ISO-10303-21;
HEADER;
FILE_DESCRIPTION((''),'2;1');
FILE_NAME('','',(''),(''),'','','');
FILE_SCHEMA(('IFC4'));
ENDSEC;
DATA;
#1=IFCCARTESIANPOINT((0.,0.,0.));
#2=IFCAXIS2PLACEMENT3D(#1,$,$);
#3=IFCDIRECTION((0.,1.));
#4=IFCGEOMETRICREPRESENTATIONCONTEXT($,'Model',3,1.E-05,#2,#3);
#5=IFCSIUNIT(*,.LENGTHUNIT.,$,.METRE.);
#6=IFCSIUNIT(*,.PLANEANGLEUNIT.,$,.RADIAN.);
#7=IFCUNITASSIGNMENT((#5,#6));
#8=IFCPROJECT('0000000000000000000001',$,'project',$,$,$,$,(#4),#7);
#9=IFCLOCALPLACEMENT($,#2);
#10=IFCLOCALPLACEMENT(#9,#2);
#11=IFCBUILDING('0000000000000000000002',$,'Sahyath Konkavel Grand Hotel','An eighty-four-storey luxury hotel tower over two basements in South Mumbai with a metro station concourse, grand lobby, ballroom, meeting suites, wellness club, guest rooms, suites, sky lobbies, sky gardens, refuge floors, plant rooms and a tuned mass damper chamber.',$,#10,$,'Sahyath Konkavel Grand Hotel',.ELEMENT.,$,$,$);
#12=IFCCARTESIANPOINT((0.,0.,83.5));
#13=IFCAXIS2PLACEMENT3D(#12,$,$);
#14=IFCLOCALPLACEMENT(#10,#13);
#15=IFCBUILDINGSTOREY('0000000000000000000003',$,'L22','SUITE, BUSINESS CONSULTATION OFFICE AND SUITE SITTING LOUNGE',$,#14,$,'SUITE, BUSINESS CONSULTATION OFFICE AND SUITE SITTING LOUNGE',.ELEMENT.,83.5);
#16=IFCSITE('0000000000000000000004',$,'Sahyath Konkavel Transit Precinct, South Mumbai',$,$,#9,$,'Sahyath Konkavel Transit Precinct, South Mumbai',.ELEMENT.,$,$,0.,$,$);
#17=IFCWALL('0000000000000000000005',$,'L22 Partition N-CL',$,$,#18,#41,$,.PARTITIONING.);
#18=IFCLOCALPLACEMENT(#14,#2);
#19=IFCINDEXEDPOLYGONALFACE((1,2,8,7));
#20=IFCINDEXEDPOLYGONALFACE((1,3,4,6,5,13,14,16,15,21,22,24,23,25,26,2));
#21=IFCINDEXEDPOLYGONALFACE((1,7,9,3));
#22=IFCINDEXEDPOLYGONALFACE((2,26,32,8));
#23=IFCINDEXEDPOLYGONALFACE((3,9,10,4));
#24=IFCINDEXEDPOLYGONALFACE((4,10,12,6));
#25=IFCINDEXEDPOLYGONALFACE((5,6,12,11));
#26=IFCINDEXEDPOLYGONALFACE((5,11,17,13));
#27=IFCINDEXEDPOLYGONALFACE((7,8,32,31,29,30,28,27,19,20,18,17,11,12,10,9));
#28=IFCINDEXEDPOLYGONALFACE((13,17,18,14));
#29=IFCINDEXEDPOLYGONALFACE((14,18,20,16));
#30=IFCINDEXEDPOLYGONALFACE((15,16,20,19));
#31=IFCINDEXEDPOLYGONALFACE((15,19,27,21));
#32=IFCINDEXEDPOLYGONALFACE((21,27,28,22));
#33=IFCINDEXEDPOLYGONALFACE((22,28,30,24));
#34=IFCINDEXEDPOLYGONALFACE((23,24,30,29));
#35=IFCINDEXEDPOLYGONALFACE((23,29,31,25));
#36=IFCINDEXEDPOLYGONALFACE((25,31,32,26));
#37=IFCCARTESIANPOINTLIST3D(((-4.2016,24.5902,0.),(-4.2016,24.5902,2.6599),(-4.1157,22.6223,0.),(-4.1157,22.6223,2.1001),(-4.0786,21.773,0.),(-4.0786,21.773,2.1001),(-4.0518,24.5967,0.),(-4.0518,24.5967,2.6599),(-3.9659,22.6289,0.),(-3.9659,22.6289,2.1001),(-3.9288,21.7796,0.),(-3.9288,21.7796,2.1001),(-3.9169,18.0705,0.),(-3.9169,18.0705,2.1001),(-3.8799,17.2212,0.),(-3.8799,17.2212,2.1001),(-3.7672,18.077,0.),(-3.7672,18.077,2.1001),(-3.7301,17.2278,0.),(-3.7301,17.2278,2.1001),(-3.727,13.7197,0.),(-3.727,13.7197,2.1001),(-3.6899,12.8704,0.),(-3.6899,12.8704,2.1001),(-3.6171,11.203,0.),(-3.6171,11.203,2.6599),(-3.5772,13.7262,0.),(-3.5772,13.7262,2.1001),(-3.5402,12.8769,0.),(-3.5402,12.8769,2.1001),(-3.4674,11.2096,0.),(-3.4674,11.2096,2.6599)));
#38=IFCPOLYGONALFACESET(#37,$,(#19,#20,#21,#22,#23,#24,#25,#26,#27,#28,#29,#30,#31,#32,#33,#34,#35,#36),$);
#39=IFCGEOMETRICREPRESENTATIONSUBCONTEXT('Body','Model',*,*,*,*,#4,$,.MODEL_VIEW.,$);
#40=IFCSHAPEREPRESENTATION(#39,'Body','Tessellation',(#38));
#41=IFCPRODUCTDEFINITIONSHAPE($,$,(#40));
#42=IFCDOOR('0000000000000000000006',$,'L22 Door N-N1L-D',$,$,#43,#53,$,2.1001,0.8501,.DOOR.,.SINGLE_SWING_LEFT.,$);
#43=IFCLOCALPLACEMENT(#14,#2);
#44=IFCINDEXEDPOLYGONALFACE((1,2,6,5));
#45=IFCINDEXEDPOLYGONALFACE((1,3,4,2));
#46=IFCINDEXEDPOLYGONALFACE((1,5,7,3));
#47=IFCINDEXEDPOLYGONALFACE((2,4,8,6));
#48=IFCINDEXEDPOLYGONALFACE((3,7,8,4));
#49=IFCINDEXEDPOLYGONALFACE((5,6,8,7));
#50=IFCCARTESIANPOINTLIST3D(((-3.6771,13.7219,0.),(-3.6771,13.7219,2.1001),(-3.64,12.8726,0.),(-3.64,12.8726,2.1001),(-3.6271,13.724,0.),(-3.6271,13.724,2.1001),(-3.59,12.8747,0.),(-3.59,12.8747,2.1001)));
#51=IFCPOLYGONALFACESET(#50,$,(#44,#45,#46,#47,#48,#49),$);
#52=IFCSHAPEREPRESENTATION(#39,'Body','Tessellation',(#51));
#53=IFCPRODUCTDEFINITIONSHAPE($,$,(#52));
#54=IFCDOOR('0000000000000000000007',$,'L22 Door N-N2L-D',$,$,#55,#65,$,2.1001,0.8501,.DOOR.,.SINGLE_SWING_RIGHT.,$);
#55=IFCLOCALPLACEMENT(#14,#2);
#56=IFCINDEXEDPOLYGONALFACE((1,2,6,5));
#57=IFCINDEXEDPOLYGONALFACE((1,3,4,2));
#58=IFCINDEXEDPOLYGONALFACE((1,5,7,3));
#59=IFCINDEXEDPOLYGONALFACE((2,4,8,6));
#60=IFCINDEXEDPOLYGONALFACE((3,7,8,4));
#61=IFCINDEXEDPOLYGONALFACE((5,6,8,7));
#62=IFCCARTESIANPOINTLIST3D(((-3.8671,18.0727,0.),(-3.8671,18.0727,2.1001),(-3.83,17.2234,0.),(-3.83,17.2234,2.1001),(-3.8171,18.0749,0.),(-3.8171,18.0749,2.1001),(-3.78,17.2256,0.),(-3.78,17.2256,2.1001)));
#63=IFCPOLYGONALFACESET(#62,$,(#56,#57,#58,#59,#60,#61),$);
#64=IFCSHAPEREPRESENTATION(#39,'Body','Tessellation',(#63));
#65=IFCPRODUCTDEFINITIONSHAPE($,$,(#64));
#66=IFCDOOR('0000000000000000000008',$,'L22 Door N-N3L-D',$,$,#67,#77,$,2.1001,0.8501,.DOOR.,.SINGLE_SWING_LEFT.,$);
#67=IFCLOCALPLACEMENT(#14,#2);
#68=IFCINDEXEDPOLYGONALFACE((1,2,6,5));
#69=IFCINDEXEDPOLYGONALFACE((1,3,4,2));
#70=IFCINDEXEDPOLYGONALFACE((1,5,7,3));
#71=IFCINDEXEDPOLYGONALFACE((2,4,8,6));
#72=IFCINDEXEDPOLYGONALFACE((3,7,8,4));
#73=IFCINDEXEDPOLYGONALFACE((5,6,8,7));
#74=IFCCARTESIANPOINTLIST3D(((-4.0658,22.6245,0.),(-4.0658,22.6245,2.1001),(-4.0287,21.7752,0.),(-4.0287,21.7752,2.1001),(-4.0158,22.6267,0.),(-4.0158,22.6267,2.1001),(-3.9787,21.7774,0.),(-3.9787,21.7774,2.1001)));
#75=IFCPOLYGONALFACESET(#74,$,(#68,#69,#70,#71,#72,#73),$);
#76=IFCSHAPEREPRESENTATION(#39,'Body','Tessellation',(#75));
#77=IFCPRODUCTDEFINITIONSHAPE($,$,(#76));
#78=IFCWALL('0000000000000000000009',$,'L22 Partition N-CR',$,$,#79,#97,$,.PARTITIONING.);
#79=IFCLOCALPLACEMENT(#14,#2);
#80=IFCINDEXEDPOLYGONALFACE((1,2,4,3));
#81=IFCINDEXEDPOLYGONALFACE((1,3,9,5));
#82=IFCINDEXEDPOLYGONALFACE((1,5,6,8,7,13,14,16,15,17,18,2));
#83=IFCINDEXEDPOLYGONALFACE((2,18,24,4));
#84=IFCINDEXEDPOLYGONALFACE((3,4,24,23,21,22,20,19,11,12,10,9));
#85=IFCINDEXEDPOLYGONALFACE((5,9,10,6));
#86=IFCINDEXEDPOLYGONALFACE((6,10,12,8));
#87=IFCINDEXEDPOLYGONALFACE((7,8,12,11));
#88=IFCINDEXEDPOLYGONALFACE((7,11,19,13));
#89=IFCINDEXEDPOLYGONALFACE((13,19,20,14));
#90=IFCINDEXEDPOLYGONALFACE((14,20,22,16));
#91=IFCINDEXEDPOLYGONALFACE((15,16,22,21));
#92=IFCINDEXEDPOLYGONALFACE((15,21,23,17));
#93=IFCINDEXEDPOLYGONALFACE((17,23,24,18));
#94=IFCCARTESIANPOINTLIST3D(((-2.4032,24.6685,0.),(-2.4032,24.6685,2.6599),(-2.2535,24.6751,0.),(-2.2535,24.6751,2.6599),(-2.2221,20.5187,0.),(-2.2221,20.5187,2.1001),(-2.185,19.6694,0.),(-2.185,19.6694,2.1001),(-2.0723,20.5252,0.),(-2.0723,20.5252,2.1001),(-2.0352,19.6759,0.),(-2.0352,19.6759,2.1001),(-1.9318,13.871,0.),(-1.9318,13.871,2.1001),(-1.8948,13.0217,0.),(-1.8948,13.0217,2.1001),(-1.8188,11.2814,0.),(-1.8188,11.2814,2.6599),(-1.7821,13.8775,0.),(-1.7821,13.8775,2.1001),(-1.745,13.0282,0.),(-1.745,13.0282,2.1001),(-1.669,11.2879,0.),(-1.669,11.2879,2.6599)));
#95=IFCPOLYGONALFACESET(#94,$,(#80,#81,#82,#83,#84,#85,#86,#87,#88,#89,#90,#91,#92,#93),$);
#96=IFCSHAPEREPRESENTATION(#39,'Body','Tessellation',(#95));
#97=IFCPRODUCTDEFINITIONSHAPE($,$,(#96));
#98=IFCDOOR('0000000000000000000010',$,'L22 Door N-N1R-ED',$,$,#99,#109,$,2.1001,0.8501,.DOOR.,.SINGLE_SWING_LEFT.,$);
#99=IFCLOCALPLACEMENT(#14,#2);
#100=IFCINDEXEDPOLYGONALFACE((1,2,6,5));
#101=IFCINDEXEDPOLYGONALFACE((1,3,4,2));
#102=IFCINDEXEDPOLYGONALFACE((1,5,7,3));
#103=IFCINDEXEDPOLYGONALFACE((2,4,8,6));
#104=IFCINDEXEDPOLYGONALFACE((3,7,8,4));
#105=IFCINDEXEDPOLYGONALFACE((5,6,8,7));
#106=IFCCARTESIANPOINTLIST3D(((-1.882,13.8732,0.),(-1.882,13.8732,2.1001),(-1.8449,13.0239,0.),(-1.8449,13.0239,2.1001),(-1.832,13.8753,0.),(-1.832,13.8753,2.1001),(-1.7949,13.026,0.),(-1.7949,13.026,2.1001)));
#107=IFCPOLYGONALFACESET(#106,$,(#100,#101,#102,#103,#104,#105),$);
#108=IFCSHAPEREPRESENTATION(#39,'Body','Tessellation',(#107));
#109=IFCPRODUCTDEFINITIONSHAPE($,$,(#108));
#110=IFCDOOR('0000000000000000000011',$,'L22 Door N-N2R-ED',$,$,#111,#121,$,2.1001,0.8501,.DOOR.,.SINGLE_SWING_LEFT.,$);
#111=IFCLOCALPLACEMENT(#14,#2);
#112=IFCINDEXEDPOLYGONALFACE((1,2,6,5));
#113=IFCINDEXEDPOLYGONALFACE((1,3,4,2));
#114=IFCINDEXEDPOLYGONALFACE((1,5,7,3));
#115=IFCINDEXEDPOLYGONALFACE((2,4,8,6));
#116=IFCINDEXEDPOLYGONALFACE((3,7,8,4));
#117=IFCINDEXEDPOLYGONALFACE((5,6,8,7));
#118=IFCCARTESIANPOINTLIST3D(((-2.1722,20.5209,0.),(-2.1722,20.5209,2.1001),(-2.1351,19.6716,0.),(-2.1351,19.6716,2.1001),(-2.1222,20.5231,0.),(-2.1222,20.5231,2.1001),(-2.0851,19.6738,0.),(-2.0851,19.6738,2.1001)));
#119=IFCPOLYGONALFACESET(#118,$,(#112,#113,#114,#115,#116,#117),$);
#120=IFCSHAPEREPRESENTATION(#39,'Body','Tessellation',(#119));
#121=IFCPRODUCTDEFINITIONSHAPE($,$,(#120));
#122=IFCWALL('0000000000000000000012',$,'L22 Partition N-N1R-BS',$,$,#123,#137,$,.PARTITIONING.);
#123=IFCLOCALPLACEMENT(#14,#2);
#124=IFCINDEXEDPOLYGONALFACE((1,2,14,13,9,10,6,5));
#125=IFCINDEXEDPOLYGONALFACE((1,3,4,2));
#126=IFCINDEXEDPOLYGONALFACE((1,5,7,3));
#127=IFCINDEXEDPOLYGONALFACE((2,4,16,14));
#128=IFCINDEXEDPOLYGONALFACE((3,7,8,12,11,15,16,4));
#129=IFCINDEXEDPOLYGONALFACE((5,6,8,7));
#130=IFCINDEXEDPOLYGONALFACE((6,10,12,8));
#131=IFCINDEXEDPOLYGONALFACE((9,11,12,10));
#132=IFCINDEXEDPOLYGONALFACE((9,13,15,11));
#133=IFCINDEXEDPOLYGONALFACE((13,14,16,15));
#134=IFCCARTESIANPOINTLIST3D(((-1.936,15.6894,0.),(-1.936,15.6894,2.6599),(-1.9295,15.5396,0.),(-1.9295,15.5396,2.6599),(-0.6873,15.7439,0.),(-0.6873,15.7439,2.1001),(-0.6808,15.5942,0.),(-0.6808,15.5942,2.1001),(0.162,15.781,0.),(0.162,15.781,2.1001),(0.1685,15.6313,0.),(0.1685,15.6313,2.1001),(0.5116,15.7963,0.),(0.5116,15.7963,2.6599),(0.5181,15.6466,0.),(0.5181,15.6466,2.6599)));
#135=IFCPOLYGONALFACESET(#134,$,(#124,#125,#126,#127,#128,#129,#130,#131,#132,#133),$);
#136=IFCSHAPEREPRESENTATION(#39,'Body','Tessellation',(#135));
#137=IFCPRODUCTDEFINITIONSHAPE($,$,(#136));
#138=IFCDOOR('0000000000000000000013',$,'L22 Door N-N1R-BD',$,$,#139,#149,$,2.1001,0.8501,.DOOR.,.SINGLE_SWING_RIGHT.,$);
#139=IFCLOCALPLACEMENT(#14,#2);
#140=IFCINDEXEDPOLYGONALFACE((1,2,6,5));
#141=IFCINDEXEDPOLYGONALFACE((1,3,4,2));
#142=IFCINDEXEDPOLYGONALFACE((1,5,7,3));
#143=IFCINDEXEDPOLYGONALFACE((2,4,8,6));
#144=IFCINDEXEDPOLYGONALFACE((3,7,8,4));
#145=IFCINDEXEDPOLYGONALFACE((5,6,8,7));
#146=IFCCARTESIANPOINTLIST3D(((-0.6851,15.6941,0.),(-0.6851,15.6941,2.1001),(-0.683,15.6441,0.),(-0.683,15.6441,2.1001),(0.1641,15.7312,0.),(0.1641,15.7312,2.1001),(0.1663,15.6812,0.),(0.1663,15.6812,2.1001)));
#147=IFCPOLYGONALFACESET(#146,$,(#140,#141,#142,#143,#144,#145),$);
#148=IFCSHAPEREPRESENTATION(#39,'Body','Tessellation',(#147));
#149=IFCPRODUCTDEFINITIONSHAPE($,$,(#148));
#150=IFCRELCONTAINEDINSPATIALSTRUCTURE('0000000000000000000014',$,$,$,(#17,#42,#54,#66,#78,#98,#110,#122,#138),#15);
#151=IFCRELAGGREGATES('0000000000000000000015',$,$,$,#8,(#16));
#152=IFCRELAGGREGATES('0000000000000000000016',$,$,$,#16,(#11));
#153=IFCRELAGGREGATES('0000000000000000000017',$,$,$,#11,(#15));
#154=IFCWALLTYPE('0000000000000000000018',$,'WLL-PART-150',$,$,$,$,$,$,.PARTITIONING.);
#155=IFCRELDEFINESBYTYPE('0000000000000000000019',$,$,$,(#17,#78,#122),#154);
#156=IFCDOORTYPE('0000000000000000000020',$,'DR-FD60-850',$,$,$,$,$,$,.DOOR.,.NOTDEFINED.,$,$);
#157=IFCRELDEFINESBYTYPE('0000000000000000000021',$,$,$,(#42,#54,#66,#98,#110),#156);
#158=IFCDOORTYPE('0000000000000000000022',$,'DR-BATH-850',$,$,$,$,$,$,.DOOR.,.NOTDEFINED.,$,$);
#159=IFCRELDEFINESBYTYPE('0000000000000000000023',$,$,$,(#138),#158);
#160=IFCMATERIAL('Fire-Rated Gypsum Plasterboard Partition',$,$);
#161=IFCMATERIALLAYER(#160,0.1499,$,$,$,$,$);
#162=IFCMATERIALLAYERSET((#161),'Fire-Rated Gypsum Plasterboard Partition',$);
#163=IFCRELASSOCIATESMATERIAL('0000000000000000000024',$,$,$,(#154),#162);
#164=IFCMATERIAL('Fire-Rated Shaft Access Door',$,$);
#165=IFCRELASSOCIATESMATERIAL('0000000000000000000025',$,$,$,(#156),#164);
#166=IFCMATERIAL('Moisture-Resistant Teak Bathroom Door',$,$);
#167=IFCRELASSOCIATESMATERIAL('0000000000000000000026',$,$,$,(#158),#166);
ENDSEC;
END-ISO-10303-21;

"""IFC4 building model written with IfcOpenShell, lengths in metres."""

from ifc_helpers import new_model, si_unit, direction, frame, frame_2d, origin, origin_2d, place, context, subcontext, project, spatial, rectangle, extrude, source, transform, mapped, material, layer, layer_set, type_object, element, fill, save


model = new_model("IFC4")

# Units and contexts
model_context = context("Model", 3, precision=1e-05, world=origin(), true_north=direction((0.0, 1.0)))
body_context = subcontext(model_context, "Body", "Model", "MODEL_VIEW")
ifc_project = project(units=[si_unit("LENGTHUNIT", "METRE"), si_unit("PLANEANGLEUNIT", "RADIAN")], contexts=[model_context])

# Site, building, storey
site_placement = place(None, origin())
site = spatial("IfcSite", under=ifc_project, at=site_placement, Name="Sahyath Konkavel Transit Precinct, South Mumbai", LongName="Sahyath Konkavel Transit Precinct, South Mumbai", CompositionType="ELEMENT", RefElevation=0.0)
building_placement = place(site_placement, origin())
building = spatial("IfcBuilding", under=site, at=building_placement, Name="Sahyath Konkavel Grand Hotel", Description="An eighty-four-storey luxury hotel tower over two basements in South Mumbai with a metro station concourse, grand lobby, ballroom, meeting suites, wellness club, guest rooms, suites, sky lobbies, sky gardens, refuge floors, plant rooms and a tuned mass damper chamber.", LongName="Sahyath Konkavel Grand Hotel", CompositionType="ELEMENT")
storey_placement = place(building_placement, frame((0.0, 0.0, 83.5)))
storey = spatial("IfcBuildingStorey", under=building, at=storey_placement, Name="L22", Description="SUITE, BUSINESS CONSULTATION OFFICE AND SUITE SITTING LOUNGE", LongName="SUITE, BUSINESS CONSULTATION OFFICE AND SUITE SITTING LOUNGE", CompositionType="ELEMENT", Elevation=83.5)

# Walls, openings, doors
ifc_material_1 = material(Name="Fire-Rated Gypsum Plasterboard Partition")
ifc_layer_1 = layer(ifc_material_1, 0.1499)
ifc_layer_set_1 = layer_set([ifc_layer_1], Name="Fire-Rated Gypsum Plasterboard Partition")
wall_type_1 = type_object("IfcWallType", Name="WLL-PART-150", PredefinedType="PARTITIONING", material=ifc_layer_set_1)
wall_1_placement = place(storey_placement, frame((-3.5422, 11.2063, 0.0), z_axis=(0.0, 0.0, 1.0), x_axis=(-0.043617, 0.999048, 0.0)))
wall_1 = element("IfcWall", 1, at=wall_1_placement, inside=storey, type_object=wall_type_1, Name="L22 Partition N-CL", PredefinedType="PARTITIONING", context=body_context, shape_type="SweptSolid", body=[
    extrude(rectangle(XDim=13.3999, YDim=0.1499, at=frame_2d((6.7, 0.0))), origin(), (0.0, 0.0, 1.0), 2.6599),
])
opening_1_placement = place(wall_1_placement, frame((1.6689, 0.0, 0.0)))
opening_1 = element("IfcOpeningElement", 2, at=opening_1_placement, cuts=wall_1, PredefinedType="OPENING", context=body_context, shape_type="SweptSolid", body=[
    extrude(rectangle(XDim=0.8501, YDim=2.1001, at=frame_2d((0.425, 1.05))), frame((0.0, 0.085, 0.0), z_axis=(0.0, -1.0, 0.0), x_axis=(1.0, 0.0, 0.0)), (0.0, 0.0, 1.0), 0.1699),
])
opening_2_placement = place(wall_1_placement, frame((6.0239, 0.0, 0.0)))
opening_2 = element("IfcOpeningElement", 3, at=opening_2_placement, cuts=wall_1, PredefinedType="OPENING", context=body_context, shape_type="SweptSolid", body=[
    extrude(rectangle(XDim=0.8501, YDim=2.1001, at=frame_2d((0.425, 1.05))), frame((0.0, 0.085, 0.0), z_axis=(0.0, -1.0, 0.0), x_axis=(1.0, 0.0, 0.0)), (0.0, 0.0, 1.0), 0.1699),
])
opening_3_placement = place(wall_1_placement, frame((10.5801, 0.0, 0.0)))
opening_3 = element("IfcOpeningElement", 4, at=opening_3_placement, cuts=wall_1, PredefinedType="OPENING", context=body_context, shape_type="SweptSolid", body=[
    extrude(rectangle(XDim=0.8501, YDim=2.1001, at=frame_2d((0.425, 1.05))), frame((0.0, 0.085, 0.0), z_axis=(0.0, -1.0, 0.0), x_axis=(1.0, 0.0, 0.0)), (0.0, 0.0, 1.0), 0.1699),
])
ifc_material_2 = material(Name="Fire-Rated Shaft Access Door")
door_type_1 = type_object("IfcDoorType", Name="DR-FD60-850", OperationType="NOTDEFINED", PredefinedType="DOOR", material=ifc_material_2)
shared_shape_1 = source(origin(), body_context, "Body", "SweptSolid", [
    extrude(rectangle(XDim=0.8501, YDim=0.05, at=origin_2d()), origin(), (0.0, 0.0, 1.0), 2.1001),
])
door_1_placement = place(opening_1_placement, frame((0.425, 0.0, 0.0)))
door_1 = element("IfcDoor", 5, at=door_1_placement, inside=storey, type_object=door_type_1, Name="L22 Door N-N1L-D", OperationType="SINGLE_SWING_LEFT", OverallHeight=2.1001, OverallWidth=0.8501, PredefinedType="DOOR", context=body_context, shape_type="MappedRepresentation", body=[
    mapped(shared_shape_1, transform((0.0, 0.0, 0.0), scale=1.0)),
])
fill(opening_1, door_1)
door_2_placement = place(opening_2_placement, frame((0.425, 0.0, 0.0)))
door_2 = element("IfcDoor", 6, at=door_2_placement, inside=storey, type_object=door_type_1, Name="L22 Door N-N2L-D", OperationType="SINGLE_SWING_RIGHT", OverallHeight=2.1001, OverallWidth=0.8501, PredefinedType="DOOR", context=body_context, shape_type="MappedRepresentation", body=[
    mapped(shared_shape_1, transform((0.0, 0.0, 0.0), scale=1.0)),
])
fill(opening_2, door_2)
door_3_placement = place(opening_3_placement, frame((0.425, 0.0, 0.0)))
door_3 = element("IfcDoor", 7, at=door_3_placement, inside=storey, type_object=door_type_1, Name="L22 Door N-N3L-D", OperationType="SINGLE_SWING_LEFT", OverallHeight=2.1001, OverallWidth=0.8501, PredefinedType="DOOR", context=body_context, shape_type="MappedRepresentation", body=[
    mapped(shared_shape_1, transform((0.0, 0.0, 0.0), scale=1.0)),
])
fill(opening_3, door_3)
wall_2_placement = place(storey_placement, frame((-1.7439, 11.2847, 0.0), z_axis=(0.0, 0.0, 1.0), x_axis=(-0.043617, 0.999048, 0.0)))
wall_2 = element("IfcWall", 8, at=wall_2_placement, inside=storey, type_object=wall_type_1, Name="L22 Partition N-CR", PredefinedType="PARTITIONING", context=body_context, shape_type="SweptSolid", body=[
    extrude(rectangle(XDim=13.3999, YDim=0.1499, at=frame_2d((6.7, 0.0))), origin(), (0.0, 0.0, 1.0), 2.6599),
])
opening_4_placement = place(wall_2_placement, frame((1.7419, 0.0, 0.0)))
opening_4 = element("IfcOpeningElement", 9, at=opening_4_placement, cuts=wall_2, PredefinedType="OPENING", context=body_context, shape_type="SweptSolid", body=[
    extrude(rectangle(XDim=0.8501, YDim=2.1001, at=frame_2d((0.425, 1.05))), frame((0.0, 0.085, 0.0), z_axis=(0.0, -1.0, 0.0), x_axis=(1.0, 0.0, 0.0)), (0.0, 0.0, 1.0), 0.1699),
])
opening_5_placement = place(wall_2_placement, frame((8.396, 0.0, 0.0)))
opening_5 = element("IfcOpeningElement", 10, at=opening_5_placement, cuts=wall_2, PredefinedType="OPENING", context=body_context, shape_type="SweptSolid", body=[
    extrude(rectangle(XDim=0.8501, YDim=2.1001, at=frame_2d((0.425, 1.05))), frame((0.0, 0.085, 0.0), z_axis=(0.0, -1.0, 0.0), x_axis=(1.0, 0.0, 0.0)), (0.0, 0.0, 1.0), 0.1699),
])
door_4_placement = place(opening_4_placement, frame((0.425, 0.0, 0.0)))
door_4 = element("IfcDoor", 11, at=door_4_placement, inside=storey, type_object=door_type_1, Name="L22 Door N-N1R-ED", OperationType="SINGLE_SWING_LEFT", OverallHeight=2.1001, OverallWidth=0.8501, PredefinedType="DOOR", context=body_context, shape_type="MappedRepresentation", body=[
    mapped(shared_shape_1, transform((0.0, 0.0, 0.0), scale=1.0)),
])
fill(opening_4, door_4)
door_5_placement = place(opening_5_placement, frame((0.425, 0.0, 0.0)))
door_5 = element("IfcDoor", 12, at=door_5_placement, inside=storey, type_object=door_type_1, Name="L22 Door N-N2R-ED", OperationType="SINGLE_SWING_LEFT", OverallHeight=2.1001, OverallWidth=0.8501, PredefinedType="DOOR", context=body_context, shape_type="MappedRepresentation", body=[
    mapped(shared_shape_1, transform((0.0, 0.0, 0.0), scale=1.0)),
])
fill(opening_5, door_5)

# Wall, opening, door
wall_3_placement = place(storey_placement, frame((-1.9329, 15.6145, 0.0), z_axis=(0.0, 0.0, 1.0), x_axis=(0.999047, 0.043649, 0.0)))
wall_3 = element("IfcWall", 13, at=wall_3_placement, inside=storey, type_object=wall_type_1, Name="L22 Partition N-N1R-BS", PredefinedType="PARTITIONING", context=body_context, shape_type="SweptSolid", body=[
    extrude(rectangle(XDim=2.45, YDim=0.1499, at=frame_2d((1.2251, 0.0))), origin(), (0.0, 0.0, 1.0), 2.6599),
])
opening_6_placement = place(wall_3_placement, frame((1.25, 0.0, 0.0)))
opening_6 = element("IfcOpeningElement", 14, at=opening_6_placement, cuts=wall_3, PredefinedType="OPENING", context=body_context, shape_type="SweptSolid", body=[
    extrude(rectangle(XDim=0.8501, YDim=2.1001, at=frame_2d((0.425, 1.05))), frame((0.0, 0.085, 0.0), z_axis=(0.0, -1.0, 0.0), x_axis=(1.0, 0.0, 0.0)), (0.0, 0.0, 1.0), 0.1699),
])
ifc_material_3 = material(Name="Moisture-Resistant Teak Bathroom Door")
door_type_2 = type_object("IfcDoorType", Name="DR-BATH-850", OperationType="NOTDEFINED", PredefinedType="DOOR", material=ifc_material_3)
door_6_placement = place(opening_6_placement, frame((0.425, 0.0, 0.0)))
door_6 = element("IfcDoor", 15, at=door_6_placement, inside=storey, type_object=door_type_2, Name="L22 Door N-N1R-BD", OperationType="SINGLE_SWING_RIGHT", OverallHeight=2.1001, OverallWidth=0.8501, PredefinedType="DOOR", context=body_context, shape_type="MappedRepresentation", body=[
    mapped(shared_shape_1, transform((0.0, 0.0, 0.0), scale=1.0)),
])
fill(opening_6, door_6)

save(model, "model.ifc")
